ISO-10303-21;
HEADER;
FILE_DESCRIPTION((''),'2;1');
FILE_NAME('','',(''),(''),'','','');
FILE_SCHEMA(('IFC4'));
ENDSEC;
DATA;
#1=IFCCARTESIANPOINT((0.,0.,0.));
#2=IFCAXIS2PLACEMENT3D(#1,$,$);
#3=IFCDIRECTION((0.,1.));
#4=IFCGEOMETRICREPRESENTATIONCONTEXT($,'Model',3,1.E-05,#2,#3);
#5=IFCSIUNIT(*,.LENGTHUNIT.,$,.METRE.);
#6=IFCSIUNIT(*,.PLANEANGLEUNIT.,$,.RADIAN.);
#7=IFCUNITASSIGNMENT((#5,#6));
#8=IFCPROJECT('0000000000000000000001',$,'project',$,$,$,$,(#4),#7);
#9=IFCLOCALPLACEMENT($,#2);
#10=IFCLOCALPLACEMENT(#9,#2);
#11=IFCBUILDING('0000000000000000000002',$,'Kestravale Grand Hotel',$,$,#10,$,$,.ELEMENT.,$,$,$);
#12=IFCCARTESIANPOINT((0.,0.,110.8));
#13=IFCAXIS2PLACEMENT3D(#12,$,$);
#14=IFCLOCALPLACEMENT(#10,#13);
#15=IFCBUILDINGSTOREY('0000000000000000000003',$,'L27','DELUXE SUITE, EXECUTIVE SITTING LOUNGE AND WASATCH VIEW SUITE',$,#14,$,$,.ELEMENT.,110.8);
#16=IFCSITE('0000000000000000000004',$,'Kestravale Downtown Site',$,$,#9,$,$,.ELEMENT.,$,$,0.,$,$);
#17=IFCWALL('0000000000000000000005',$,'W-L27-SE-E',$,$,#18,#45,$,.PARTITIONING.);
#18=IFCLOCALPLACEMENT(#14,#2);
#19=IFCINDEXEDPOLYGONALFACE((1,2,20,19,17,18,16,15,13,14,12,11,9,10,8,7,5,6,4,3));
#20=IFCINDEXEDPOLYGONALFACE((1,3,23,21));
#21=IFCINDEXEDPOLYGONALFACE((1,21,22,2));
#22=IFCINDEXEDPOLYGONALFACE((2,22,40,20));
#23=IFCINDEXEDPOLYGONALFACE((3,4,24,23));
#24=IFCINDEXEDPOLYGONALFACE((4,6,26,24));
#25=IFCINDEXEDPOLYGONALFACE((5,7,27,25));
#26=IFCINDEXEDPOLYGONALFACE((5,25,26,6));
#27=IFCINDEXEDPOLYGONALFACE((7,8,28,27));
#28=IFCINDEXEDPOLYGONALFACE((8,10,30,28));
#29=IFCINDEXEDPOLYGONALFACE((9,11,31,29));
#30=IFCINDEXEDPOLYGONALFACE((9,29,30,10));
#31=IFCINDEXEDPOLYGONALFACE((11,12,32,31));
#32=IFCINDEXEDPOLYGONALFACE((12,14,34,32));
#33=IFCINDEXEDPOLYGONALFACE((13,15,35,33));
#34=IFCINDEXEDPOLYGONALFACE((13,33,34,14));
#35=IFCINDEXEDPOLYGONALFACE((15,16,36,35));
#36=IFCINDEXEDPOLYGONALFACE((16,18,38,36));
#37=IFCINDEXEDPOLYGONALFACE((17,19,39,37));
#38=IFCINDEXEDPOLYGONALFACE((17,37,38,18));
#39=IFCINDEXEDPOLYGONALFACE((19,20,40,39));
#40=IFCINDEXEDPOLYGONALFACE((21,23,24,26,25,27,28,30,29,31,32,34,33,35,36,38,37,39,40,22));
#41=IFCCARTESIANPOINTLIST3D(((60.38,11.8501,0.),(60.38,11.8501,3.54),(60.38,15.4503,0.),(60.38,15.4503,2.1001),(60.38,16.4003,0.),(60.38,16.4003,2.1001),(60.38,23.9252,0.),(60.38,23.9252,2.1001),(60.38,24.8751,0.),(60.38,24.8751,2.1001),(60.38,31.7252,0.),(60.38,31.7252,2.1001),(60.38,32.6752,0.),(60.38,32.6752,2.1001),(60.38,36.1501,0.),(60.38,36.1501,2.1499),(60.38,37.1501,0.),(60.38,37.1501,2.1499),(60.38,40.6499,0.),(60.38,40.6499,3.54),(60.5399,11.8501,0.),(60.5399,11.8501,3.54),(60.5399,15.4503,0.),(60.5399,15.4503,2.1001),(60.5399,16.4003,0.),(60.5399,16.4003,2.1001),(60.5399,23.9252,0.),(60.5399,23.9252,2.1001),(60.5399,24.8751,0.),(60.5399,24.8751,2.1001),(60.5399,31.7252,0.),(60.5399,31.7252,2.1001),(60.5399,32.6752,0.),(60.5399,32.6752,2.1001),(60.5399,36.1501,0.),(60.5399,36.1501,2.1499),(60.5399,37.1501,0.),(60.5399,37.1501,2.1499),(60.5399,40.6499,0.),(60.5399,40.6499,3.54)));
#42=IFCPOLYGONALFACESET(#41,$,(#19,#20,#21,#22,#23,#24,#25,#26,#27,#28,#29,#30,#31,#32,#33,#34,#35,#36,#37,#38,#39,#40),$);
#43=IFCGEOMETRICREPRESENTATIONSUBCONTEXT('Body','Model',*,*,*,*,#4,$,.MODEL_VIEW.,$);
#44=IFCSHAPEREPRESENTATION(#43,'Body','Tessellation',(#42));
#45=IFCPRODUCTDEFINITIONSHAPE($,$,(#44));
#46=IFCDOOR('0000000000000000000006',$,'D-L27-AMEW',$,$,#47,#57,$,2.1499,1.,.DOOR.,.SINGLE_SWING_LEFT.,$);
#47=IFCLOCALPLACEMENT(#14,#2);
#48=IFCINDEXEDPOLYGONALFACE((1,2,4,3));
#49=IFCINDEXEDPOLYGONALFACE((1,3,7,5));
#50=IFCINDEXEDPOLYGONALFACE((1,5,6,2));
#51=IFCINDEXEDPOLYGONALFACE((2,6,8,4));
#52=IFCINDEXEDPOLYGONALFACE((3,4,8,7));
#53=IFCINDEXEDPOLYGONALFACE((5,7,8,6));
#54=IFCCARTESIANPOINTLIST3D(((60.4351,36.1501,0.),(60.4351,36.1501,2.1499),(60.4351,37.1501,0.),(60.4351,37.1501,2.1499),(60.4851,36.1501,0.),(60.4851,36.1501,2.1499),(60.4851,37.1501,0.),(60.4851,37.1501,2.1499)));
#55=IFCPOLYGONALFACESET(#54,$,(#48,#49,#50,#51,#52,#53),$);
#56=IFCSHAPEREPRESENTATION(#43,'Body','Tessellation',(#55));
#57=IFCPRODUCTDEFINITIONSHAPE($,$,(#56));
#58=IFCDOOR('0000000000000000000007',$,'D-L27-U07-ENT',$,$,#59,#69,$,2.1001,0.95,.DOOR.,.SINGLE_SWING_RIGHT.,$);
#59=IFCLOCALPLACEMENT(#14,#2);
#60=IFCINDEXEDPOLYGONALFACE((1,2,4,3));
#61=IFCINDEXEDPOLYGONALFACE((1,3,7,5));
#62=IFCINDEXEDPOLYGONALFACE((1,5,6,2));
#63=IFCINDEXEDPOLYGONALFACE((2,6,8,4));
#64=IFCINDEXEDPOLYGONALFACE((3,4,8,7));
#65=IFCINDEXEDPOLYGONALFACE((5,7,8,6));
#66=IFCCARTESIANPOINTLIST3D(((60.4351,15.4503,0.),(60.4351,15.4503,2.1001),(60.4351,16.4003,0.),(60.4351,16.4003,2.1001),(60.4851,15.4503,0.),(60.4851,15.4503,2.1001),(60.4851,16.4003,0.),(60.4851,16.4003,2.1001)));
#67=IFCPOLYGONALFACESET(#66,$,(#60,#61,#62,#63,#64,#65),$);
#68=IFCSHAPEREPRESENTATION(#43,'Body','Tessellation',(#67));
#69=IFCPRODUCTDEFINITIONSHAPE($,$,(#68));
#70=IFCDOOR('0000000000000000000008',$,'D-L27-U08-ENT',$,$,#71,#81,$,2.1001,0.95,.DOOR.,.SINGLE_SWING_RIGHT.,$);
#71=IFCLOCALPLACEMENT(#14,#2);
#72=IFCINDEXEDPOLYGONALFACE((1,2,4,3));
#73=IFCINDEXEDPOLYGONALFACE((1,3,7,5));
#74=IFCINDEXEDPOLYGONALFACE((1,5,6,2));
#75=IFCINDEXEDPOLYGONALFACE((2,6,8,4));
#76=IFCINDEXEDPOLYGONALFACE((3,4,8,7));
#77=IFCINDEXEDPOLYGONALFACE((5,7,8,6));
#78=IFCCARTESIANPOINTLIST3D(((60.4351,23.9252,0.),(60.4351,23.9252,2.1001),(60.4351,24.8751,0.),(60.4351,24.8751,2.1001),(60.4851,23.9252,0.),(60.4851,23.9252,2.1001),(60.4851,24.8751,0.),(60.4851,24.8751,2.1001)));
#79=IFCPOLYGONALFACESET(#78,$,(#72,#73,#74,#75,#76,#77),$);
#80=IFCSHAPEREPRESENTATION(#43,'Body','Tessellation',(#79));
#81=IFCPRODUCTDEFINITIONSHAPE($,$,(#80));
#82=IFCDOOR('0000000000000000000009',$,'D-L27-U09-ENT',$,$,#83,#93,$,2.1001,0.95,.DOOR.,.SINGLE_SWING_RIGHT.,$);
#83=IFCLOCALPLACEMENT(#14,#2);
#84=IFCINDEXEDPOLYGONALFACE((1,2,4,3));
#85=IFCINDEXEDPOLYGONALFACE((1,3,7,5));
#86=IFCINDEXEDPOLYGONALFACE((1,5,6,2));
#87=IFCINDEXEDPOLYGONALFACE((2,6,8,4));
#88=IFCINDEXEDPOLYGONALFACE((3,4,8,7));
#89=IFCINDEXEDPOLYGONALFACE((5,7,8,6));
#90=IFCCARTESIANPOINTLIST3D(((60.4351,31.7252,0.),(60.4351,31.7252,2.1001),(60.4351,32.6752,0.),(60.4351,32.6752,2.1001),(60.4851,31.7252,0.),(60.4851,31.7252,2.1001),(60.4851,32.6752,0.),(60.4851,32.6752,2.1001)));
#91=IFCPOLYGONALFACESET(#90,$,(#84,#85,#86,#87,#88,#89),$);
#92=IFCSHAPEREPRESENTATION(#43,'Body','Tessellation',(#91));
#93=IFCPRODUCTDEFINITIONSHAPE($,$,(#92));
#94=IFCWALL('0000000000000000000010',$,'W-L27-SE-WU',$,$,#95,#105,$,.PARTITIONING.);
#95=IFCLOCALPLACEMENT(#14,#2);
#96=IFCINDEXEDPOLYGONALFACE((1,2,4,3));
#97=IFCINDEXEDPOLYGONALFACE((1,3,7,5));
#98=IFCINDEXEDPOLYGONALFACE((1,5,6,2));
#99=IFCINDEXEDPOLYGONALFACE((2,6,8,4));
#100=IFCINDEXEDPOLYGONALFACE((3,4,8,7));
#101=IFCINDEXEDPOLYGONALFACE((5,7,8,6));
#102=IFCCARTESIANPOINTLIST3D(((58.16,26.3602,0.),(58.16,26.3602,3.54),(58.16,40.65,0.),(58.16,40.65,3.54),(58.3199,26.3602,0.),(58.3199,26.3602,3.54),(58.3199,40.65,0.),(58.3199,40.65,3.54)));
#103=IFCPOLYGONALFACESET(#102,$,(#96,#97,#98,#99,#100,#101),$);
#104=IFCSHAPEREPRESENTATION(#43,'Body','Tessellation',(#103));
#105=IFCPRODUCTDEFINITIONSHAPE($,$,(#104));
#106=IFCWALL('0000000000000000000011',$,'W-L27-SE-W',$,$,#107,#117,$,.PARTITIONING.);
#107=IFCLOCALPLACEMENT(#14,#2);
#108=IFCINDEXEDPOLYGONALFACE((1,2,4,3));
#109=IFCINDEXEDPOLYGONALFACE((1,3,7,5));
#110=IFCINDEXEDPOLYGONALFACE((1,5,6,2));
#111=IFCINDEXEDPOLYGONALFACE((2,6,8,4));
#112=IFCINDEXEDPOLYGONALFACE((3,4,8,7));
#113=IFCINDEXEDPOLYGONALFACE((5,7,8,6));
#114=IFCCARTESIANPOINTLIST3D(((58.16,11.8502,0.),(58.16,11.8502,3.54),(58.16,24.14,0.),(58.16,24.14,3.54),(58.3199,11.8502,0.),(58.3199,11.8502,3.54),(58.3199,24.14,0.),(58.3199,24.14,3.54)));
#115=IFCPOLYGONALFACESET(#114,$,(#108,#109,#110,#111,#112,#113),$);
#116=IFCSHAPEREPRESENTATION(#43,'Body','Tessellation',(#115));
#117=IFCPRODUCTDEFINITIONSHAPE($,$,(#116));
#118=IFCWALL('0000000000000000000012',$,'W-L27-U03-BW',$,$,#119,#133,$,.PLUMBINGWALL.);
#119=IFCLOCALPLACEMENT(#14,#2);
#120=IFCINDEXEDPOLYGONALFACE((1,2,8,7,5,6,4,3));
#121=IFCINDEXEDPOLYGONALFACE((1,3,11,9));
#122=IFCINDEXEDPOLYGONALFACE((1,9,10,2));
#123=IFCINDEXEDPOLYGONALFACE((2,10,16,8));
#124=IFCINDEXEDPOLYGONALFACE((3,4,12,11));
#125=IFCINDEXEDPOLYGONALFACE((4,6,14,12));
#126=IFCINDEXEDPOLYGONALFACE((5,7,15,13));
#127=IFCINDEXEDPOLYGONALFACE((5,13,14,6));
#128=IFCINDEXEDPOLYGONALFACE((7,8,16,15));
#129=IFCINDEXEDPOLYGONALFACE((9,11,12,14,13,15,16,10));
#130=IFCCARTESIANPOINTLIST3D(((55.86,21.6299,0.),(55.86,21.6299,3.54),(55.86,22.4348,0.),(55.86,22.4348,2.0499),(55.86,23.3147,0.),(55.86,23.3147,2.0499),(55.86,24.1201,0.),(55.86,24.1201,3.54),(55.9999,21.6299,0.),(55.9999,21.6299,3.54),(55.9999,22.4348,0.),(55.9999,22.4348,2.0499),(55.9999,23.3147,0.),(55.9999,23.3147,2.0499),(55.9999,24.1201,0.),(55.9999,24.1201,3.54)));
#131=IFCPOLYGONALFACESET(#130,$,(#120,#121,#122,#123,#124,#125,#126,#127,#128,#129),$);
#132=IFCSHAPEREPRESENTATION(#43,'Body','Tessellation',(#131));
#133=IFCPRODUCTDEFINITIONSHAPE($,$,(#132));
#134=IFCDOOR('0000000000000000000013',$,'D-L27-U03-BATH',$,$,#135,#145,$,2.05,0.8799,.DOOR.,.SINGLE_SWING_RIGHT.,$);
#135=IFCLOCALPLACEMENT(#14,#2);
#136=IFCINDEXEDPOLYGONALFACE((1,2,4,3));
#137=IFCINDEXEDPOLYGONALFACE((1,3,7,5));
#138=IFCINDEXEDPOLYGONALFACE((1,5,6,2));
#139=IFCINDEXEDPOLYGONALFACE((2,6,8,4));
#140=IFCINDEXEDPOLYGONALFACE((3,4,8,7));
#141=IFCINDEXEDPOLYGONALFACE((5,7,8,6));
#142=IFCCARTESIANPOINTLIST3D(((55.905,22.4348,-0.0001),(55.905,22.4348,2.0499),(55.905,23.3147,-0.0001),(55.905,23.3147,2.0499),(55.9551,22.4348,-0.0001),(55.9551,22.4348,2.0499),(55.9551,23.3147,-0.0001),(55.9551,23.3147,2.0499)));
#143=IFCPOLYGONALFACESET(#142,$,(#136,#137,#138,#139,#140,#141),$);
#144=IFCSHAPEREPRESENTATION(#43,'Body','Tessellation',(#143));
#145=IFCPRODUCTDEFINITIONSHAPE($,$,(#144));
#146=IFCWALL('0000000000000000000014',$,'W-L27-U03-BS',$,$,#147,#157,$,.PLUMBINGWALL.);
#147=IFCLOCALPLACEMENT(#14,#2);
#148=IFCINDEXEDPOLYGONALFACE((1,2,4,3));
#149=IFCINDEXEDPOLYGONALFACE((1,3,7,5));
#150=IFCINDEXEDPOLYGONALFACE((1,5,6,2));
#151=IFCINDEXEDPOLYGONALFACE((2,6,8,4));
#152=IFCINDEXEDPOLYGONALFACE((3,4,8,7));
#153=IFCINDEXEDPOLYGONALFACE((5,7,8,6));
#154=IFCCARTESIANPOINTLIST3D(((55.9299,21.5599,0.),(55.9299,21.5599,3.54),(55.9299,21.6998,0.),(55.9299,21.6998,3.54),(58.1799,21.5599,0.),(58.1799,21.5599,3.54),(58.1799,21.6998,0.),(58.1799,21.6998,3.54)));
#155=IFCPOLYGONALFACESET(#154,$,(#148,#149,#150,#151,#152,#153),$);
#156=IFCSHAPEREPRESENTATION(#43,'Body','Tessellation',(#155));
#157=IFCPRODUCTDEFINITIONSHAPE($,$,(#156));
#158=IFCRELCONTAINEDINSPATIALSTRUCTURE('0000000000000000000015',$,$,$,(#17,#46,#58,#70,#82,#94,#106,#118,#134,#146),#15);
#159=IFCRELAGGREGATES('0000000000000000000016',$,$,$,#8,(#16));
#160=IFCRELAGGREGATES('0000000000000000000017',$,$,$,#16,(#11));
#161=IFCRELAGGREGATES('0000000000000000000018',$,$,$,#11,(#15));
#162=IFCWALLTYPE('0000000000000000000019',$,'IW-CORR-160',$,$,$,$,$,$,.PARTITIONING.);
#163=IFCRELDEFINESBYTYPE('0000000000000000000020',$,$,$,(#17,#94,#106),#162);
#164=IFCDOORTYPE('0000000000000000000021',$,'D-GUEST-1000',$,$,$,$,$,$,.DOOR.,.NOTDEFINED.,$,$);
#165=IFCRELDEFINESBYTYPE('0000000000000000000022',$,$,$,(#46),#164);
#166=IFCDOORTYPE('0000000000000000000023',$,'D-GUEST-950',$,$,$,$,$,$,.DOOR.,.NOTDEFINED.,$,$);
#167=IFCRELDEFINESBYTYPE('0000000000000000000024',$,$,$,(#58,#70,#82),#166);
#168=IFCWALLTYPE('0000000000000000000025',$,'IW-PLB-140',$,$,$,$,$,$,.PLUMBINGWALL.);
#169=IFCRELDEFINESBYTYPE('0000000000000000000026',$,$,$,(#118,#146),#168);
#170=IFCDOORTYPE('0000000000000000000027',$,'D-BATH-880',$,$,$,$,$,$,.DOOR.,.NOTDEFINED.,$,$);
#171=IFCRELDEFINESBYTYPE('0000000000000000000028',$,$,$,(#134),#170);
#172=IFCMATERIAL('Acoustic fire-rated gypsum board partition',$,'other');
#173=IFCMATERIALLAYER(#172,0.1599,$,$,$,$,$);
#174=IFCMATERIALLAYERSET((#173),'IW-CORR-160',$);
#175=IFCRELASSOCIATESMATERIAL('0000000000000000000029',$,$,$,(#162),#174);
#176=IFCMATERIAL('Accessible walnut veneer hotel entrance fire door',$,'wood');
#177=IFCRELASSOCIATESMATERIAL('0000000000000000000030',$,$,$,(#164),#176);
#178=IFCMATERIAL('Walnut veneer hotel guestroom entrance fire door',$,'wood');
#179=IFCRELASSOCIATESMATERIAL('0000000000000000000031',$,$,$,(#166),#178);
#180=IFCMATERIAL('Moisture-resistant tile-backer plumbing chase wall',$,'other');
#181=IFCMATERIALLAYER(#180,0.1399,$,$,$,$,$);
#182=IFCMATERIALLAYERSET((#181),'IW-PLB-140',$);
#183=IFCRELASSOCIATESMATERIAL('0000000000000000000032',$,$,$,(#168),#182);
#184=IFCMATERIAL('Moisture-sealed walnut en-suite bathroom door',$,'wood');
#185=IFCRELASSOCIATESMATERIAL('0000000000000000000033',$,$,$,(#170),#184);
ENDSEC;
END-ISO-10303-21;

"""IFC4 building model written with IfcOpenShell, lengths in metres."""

from ifc_helpers import new_model, si_unit, direction, frame, frame_2d, origin, place, context, subcontext, project, spatial, rectangle, extrude, material, layer, layer_set, type_object, element, fill, save


model = new_model("IFC4")

# Units and contexts
model_context = context("Model", 3, precision=1e-05, world=origin(), true_north=direction((0.0, 1.0)))
body_context = subcontext(model_context, "Body", "Model", "MODEL_VIEW")
ifc_project = project(units=[si_unit("LENGTHUNIT", "METRE"), si_unit("PLANEANGLEUNIT", "RADIAN")], contexts=[model_context])

# Site, building, storey
site_placement = place(None, origin())
site = spatial("IfcSite", under=ifc_project, at=site_placement, Name="Kestravale Downtown Site", CompositionType="ELEMENT", RefElevation=0.0)
building_placement = place(site_placement, origin())
building = spatial("IfcBuilding", under=site, at=building_placement, Name="Kestravale Grand Hotel", CompositionType="ELEMENT")
storey_placement = place(building_placement, frame((0.0, 0.0, 110.8)))
storey = spatial("IfcBuildingStorey", under=building, at=storey_placement, Name="L27", Description="DELUXE SUITE, EXECUTIVE SITTING LOUNGE AND WASATCH VIEW SUITE", CompositionType="ELEMENT", Elevation=110.8)

# Wall, openings, doors
ifc_material_1 = material(Name="Acoustic fire-rated gypsum board partition", Category="other")
ifc_layer_1 = layer(ifc_material_1, 0.1599)
ifc_layer_set_1 = layer_set([ifc_layer_1], Name="IW-CORR-160")
wall_type_1 = type_object("IfcWallType", Name="IW-CORR-160", PredefinedType="PARTITIONING", material=ifc_layer_set_1)
wall_1_placement = place(storey_placement, frame((60.46, 11.8501, 0.0), z_axis=(0.0, 0.0, 1.0), x_axis=(0.0, 1.0, 0.0)))
wall_1 = element("IfcWall", 1, at=wall_1_placement, inside=storey, type_object=wall_type_1, Name="W-L27-SE-E", PredefinedType="PARTITIONING", context=body_context, shape_type="SweptSolid", body=[
    extrude(rectangle(XDim=28.7998, YDim=0.1599, at=frame_2d((14.3999, 0.0))), origin(), (0.0, 0.0, 1.0), 3.54),
])
opening_1_placement = place(wall_1_placement, frame((3.6001, 0.0, 0.0)))
opening_1 = element("IfcOpeningElement", 2, at=opening_1_placement, cuts=wall_1, PredefinedType="OPENING", context=body_context, shape_type="SweptSolid", body=[
    extrude(rectangle(XDim=0.95, YDim=2.1001, at=frame_2d((0.4751, 1.05))), frame((0.0, 0.0898, 0.0), z_axis=(0.0, -1.0, 0.0), x_axis=(1.0, 0.0, 0.0)), (0.0, 0.0, 1.0), 0.1799),
])
opening_2_placement = place(wall_1_placement, frame((12.075, 0.0, 0.0)))
opening_2 = element("IfcOpeningElement", 3, at=opening_2_placement, cuts=wall_1, PredefinedType="OPENING", context=body_context, shape_type="SweptSolid", body=[
    extrude(rectangle(XDim=0.95, YDim=2.1001, at=frame_2d((0.4751, 1.05))), frame((0.0, 0.0898, 0.0), z_axis=(0.0, -1.0, 0.0), x_axis=(1.0, 0.0, 0.0)), (0.0, 0.0, 1.0), 0.1799),
])
opening_3_placement = place(wall_1_placement, frame((19.875, 0.0, 0.0)))
opening_3 = element("IfcOpeningElement", 4, at=opening_3_placement, cuts=wall_1, PredefinedType="OPENING", context=body_context, shape_type="SweptSolid", body=[
    extrude(rectangle(XDim=0.95, YDim=2.1001, at=frame_2d((0.4751, 1.05))), frame((0.0, 0.0898, 0.0), z_axis=(0.0, -1.0, 0.0), x_axis=(1.0, 0.0, 0.0)), (0.0, 0.0, 1.0), 0.1799),
])
opening_4_placement = place(wall_1_placement, frame((24.3, 0.0, 0.0)))
opening_4 = element("IfcOpeningElement", 5, at=opening_4_placement, cuts=wall_1, PredefinedType="OPENING", context=body_context, shape_type="SweptSolid", body=[
    extrude(rectangle(XDim=1.0, YDim=2.1499, at=frame_2d((0.5, 1.075))), frame((0.0, 0.0898, 0.0), z_axis=(0.0, -1.0, 0.0), x_axis=(1.0, 0.0, 0.0)), (0.0, 0.0, 1.0), 0.1799),
])
ifc_material_2 = material(Name="Accessible walnut veneer hotel entrance fire door", Category="wood")
door_type_1 = type_object("IfcDoorType", Name="D-GUEST-1000", OperationType="NOTDEFINED", PredefinedType="DOOR", material=ifc_material_2)
door_1_placement = place(opening_4_placement, origin())
door_1 = element("IfcDoor", 6, at=door_1_placement, inside=storey, type_object=door_type_1, Name="D-L27-AMEW", OperationType="SINGLE_SWING_LEFT", OverallHeight=2.1499, OverallWidth=1.0, PredefinedType="DOOR", context=body_context, shape_type="SweptSolid", body=[
    extrude(rectangle(XDim=1.0, YDim=2.1499, at=frame_2d((0.5, 1.075))), frame((0.0, 0.0249, 0.0), z_axis=(0.0, -1.0, 0.0), x_axis=(1.0, 0.0, 0.0)), (0.0, 0.0, 1.0), 0.05),
])
fill(opening_4, door_1)
ifc_material_3 = material(Name="Walnut veneer hotel guestroom entrance fire door", Category="wood")
door_type_2 = type_object("IfcDoorType", Name="D-GUEST-950", OperationType="NOTDEFINED", PredefinedType="DOOR", material=ifc_material_3)
door_2_placement = place(opening_1_placement, origin())
door_2 = element("IfcDoor", 7, at=door_2_placement, inside=storey, type_object=door_type_2, Name="D-L27-U07-ENT", OperationType="SINGLE_SWING_RIGHT", OverallHeight=2.1001, OverallWidth=0.95, PredefinedType="DOOR", context=body_context, shape_type="SweptSolid", body=[
    extrude(rectangle(XDim=0.95, YDim=2.1001, at=frame_2d((0.4751, 1.05))), frame((0.0, 0.0249, 0.0), z_axis=(0.0, -1.0, 0.0), x_axis=(1.0, 0.0, 0.0)), (0.0, 0.0, 1.0), 0.05),
])
fill(opening_1, door_2)
door_3_placement = place(opening_2_placement, origin())
door_3 = element("IfcDoor", 8, at=door_3_placement, inside=storey, type_object=door_type_2, Name="D-L27-U08-ENT", OperationType="SINGLE_SWING_RIGHT", OverallHeight=2.1001, OverallWidth=0.95, PredefinedType="DOOR", context=body_context, shape_type="SweptSolid", body=[
    extrude(rectangle(XDim=0.95, YDim=2.1001, at=frame_2d((0.4751, 1.05))), frame((0.0, 0.0249, 0.0), z_axis=(0.0, -1.0, 0.0), x_axis=(1.0, 0.0, 0.0)), (0.0, 0.0, 1.0), 0.05),
])
fill(opening_2, door_3)
door_4_placement = place(opening_3_placement, origin())
door_4 = element("IfcDoor", 9, at=door_4_placement, inside=storey, type_object=door_type_2, Name="D-L27-U09-ENT", OperationType="SINGLE_SWING_RIGHT", OverallHeight=2.1001, OverallWidth=0.95, PredefinedType="DOOR", context=body_context, shape_type="SweptSolid", body=[
    extrude(rectangle(XDim=0.95, YDim=2.1001, at=frame_2d((0.4751, 1.05))), frame((0.0, 0.0249, 0.0), z_axis=(0.0, -1.0, 0.0), x_axis=(1.0, 0.0, 0.0)), (0.0, 0.0, 1.0), 0.05),
])
fill(opening_3, door_4)

# Walls
wall_2_placement = place(storey_placement, frame((58.24, 26.3601, 0.0), z_axis=(0.0, 0.0, 1.0), x_axis=(0.0, 1.0, 0.0)))
element("IfcWall", 10, at=wall_2_placement, inside=storey, type_object=wall_type_1, Name="W-L27-SE-WU", PredefinedType="PARTITIONING", context=body_context, shape_type="SweptSolid", body=[
    extrude(rectangle(XDim=14.2898, YDim=0.1599, at=frame_2d((7.145, 0.0))), origin(), (0.0, 0.0, 1.0), 3.54),
])
wall_3_placement = place(storey_placement, frame((58.24, 11.8501, 0.0), z_axis=(0.0, 0.0, 1.0), x_axis=(0.0, 1.0, 0.0)))
element("IfcWall", 11, at=wall_3_placement, inside=storey, type_object=wall_type_1, Name="W-L27-SE-W", PredefinedType="PARTITIONING", context=body_context, shape_type="SweptSolid", body=[
    extrude(rectangle(XDim=12.2898, YDim=0.1599, at=frame_2d((6.145, 0.0))), origin(), (0.0, 0.0, 1.0), 3.54),
])

# Wall, opening, door
ifc_material_4 = material(Name="Moisture-resistant tile-backer plumbing chase wall", Category="other")
ifc_layer_2 = layer(ifc_material_4, 0.1399)
ifc_layer_set_2 = layer_set([ifc_layer_2], Name="IW-PLB-140")
wall_type_2 = type_object("IfcWallType", Name="IW-PLB-140", PredefinedType="PLUMBINGWALL", material=ifc_layer_set_2)
wall_4_placement = place(storey_placement, frame((55.9299, 21.6299, 0.0), z_axis=(0.0, 0.0, 1.0), x_axis=(0.0, 1.0, 0.0)))
wall_4 = element("IfcWall", 12, at=wall_4_placement, inside=storey, type_object=wall_type_2, Name="W-L27-U03-BW", PredefinedType="PLUMBINGWALL", context=body_context, shape_type="SweptSolid", body=[
    extrude(rectangle(XDim=2.4902, YDim=0.1399, at=frame_2d((1.2451, 0.0))), origin(), (0.0, 0.0, 1.0), 3.54),
])
opening_5_placement = place(wall_4_placement, frame((0.8049, 0.0, 0.0)))
opening_5 = element("IfcOpeningElement", 13, at=opening_5_placement, cuts=wall_4, PredefinedType="OPENING", context=body_context, shape_type="SweptSolid", body=[
    extrude(rectangle(XDim=0.8799, YDim=2.05, at=frame_2d((0.4399, 1.0249))), frame((0.0, 0.0798, 0.0), z_axis=(0.0, -1.0, 0.0), x_axis=(1.0, 0.0, 0.0)), (0.0, 0.0, 1.0), 0.1599),
])
ifc_material_5 = material(Name="Moisture-sealed walnut en-suite bathroom door", Category="wood")
door_type_3 = type_object("IfcDoorType", Name="D-BATH-880", OperationType="NOTDEFINED", PredefinedType="DOOR", material=ifc_material_5)
door_5_placement = place(opening_5_placement, origin())
door_5 = element("IfcDoor", 14, at=door_5_placement, inside=storey, type_object=door_type_3, Name="D-L27-U03-BATH", OperationType="SINGLE_SWING_RIGHT", OverallHeight=2.05, OverallWidth=0.8799, PredefinedType="DOOR", context=body_context, shape_type="SweptSolid", body=[
    extrude(rectangle(XDim=0.8799, YDim=2.05, at=frame_2d((0.4399, 1.0249))), frame((0.0, 0.0249, 0.0), z_axis=(0.0, -1.0, 0.0), x_axis=(1.0, 0.0, 0.0)), (0.0, 0.0, 1.0), 0.05),
])
fill(opening_5, door_5)

# Wall
wall_5_placement = place(storey_placement, frame((55.9299, 21.6299, 0.0), z_axis=(0.0, 0.0, 1.0), x_axis=(1.0, 0.0, 0.0)))
element("IfcWall", 15, at=wall_5_placement, inside=storey, type_object=wall_type_2, Name="W-L27-U03-BS", PredefinedType="PLUMBINGWALL", context=body_context, shape_type="SweptSolid", body=[
    extrude(rectangle(XDim=2.25, YDim=0.1399, at=frame_2d((1.125, 0.0))), origin(), (0.0, 0.0, 1.0), 3.54),
])

save(model, "model.ifc")
